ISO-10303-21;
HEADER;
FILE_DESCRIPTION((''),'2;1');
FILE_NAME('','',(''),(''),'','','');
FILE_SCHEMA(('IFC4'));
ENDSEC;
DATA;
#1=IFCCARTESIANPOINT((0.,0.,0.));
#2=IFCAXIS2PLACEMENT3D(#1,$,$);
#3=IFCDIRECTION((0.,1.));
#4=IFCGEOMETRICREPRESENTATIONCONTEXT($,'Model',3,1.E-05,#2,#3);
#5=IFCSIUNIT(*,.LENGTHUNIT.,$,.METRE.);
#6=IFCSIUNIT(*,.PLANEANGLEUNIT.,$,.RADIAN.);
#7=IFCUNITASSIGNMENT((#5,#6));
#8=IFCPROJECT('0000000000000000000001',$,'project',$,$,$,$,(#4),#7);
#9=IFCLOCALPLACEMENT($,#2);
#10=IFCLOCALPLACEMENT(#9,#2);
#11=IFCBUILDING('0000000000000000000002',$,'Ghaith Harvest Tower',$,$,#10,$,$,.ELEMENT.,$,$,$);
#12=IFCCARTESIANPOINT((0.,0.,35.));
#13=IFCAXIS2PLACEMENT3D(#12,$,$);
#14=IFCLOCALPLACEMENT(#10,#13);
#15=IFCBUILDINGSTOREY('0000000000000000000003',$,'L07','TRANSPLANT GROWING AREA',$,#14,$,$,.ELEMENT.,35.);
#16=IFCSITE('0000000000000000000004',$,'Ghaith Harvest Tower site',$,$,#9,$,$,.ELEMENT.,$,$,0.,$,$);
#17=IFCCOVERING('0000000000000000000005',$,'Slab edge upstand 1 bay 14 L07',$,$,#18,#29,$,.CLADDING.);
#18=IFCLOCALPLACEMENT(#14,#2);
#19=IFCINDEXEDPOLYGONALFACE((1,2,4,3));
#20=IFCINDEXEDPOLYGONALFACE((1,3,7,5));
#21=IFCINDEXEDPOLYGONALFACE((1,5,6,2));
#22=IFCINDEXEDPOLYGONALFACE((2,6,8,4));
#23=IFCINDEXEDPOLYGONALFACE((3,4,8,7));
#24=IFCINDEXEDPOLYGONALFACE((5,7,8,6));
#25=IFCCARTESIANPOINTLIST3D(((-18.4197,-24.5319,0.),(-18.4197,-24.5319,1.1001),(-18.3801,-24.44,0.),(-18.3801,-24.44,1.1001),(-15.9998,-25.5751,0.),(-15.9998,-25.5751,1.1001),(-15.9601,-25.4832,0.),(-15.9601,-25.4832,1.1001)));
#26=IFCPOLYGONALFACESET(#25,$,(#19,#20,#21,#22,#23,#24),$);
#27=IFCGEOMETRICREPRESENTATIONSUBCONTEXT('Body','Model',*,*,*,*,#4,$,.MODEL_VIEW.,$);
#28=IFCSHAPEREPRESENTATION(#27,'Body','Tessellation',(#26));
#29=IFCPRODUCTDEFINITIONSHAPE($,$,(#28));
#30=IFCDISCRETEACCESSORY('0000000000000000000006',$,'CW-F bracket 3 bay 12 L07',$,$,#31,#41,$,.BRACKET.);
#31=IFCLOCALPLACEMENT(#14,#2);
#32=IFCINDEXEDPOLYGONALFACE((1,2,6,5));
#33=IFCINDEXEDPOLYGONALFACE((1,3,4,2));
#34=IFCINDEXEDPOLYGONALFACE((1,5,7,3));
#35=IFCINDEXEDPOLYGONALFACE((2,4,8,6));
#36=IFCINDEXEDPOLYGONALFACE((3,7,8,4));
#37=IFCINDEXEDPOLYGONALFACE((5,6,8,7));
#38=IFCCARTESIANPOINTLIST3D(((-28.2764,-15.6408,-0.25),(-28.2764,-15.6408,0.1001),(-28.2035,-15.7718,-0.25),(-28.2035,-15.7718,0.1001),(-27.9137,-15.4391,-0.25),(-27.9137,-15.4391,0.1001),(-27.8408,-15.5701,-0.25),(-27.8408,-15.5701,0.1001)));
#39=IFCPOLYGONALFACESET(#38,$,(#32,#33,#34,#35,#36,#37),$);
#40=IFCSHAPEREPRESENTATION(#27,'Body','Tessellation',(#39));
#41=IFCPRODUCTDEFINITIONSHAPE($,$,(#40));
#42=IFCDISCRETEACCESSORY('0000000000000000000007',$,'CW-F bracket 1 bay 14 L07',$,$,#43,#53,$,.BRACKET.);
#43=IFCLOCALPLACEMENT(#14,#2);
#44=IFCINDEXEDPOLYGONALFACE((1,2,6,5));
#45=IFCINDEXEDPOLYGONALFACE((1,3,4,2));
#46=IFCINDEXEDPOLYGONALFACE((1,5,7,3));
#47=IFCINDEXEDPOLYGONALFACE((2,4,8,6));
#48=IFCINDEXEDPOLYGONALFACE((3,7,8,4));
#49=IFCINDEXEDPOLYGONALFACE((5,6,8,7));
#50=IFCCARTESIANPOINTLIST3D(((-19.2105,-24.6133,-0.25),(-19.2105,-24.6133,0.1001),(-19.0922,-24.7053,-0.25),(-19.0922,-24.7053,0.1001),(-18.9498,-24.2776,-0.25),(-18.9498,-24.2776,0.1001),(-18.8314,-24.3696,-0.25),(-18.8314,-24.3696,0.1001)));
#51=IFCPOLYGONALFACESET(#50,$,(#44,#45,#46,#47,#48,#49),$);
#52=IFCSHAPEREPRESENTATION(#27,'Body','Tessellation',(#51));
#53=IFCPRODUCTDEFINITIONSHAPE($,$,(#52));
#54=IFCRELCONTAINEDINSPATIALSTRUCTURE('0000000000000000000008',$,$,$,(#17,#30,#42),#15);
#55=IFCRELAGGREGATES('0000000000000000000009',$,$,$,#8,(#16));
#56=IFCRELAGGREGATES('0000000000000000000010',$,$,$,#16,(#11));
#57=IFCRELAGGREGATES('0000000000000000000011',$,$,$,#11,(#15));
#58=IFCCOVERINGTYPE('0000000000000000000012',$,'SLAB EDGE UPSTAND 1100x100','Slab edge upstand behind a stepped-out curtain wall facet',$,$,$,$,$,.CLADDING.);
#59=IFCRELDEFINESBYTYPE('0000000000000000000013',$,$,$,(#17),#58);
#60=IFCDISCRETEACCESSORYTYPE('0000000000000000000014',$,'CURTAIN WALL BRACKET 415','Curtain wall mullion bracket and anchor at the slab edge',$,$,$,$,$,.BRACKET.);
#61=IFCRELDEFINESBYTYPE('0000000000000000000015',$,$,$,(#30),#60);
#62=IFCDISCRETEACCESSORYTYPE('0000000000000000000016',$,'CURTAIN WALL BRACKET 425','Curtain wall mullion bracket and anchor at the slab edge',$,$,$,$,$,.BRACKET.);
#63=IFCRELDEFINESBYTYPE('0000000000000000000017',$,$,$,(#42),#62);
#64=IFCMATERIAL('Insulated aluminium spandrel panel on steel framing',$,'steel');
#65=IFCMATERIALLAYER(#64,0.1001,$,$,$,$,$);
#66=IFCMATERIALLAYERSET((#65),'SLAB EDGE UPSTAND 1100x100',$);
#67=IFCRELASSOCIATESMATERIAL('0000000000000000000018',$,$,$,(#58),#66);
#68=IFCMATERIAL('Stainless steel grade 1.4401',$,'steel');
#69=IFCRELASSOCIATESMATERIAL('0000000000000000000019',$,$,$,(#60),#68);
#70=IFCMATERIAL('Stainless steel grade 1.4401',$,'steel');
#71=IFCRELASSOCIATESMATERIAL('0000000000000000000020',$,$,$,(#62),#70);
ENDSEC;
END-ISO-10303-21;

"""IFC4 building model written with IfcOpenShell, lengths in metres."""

from ifc_helpers import new_model, si_unit, direction, frame, origin, origin_2d, place, context, subcontext, project, spatial, rectangle, extrude, material, layer, layer_set, type_object, element, save


model = new_model("IFC4")

# Units and contexts
model_context = context("Model", 3, precision=1e-05, world=origin(), true_north=direction((0.0, 1.0)))
body_context = subcontext(model_context, "Body", "Model", "MODEL_VIEW")
ifc_project = project(units=[si_unit("LENGTHUNIT", "METRE"), si_unit("PLANEANGLEUNIT", "RADIAN")], contexts=[model_context])

# Site, building, storey
site_placement = place(None, origin())
site = spatial("IfcSite", under=ifc_project, at=site_placement, Name="Ghaith Harvest Tower site", CompositionType="ELEMENT", RefElevation=0.0)
building_placement = place(site_placement, origin())
building = spatial("IfcBuilding", under=site, at=building_placement, Name="Ghaith Harvest Tower", CompositionType="ELEMENT")
storey_placement = place(building_placement, frame((0.0, 0.0, 35.0)))
storey = spatial("IfcBuildingStorey", under=building, at=storey_placement, Name="L07", Description="TRANSPLANT GROWING AREA", CompositionType="ELEMENT", Elevation=35.0)

# Covering
ifc_material_1 = material(Name="Insulated aluminium spandrel panel on steel framing", Category="steel")
ifc_layer_1 = layer(ifc_material_1, 0.1001)
ifc_layer_set_1 = layer_set([ifc_layer_1], Name="SLAB EDGE UPSTAND 1100x100")
covering_type = type_object("IfcCoveringType", Name="SLAB EDGE UPSTAND 1100x100", Description="Slab edge upstand behind a stepped-out curtain wall facet", PredefinedType="CLADDING", material=ifc_layer_set_1)
covering_1_placement = place(storey_placement, frame((-17.1899, -25.0076, 0.0), z_axis=(0.0, 0.0, 1.0), x_axis=(0.918307, -0.395869, 0.0)))
element("IfcCovering", 1, at=covering_1_placement, inside=storey, type_object=covering_type, Name="Slab edge upstand 1 bay 14 L07", PredefinedType="CLADDING", context=body_context, shape_type="SweptSolid", body=[
    extrude(rectangle(XDim=2.6353, YDim=0.1001, at=origin_2d()), origin(), (0.0, 0.0, 1.0), 1.1001),
])

# Discrete accessories
ifc_material_2 = material(Name="Stainless steel grade 1.4401", Category="steel")
discrete_accessory_type_1 = type_object("IfcDiscreteAccessoryType", Name="CURTAIN WALL BRACKET 415", Description="Curtain wall mullion bracket and anchor at the slab edge", PredefinedType="BRACKET", material=ifc_material_2)
discrete_accessory_1_placement = place(storey_placement, frame((-28.0586, -15.6055, -0.25), z_axis=(0.0, 0.0, 1.0), x_axis=(-0.873927, -0.486057, 0.0)))
element("IfcDiscreteAccessory", 2, at=discrete_accessory_1_placement, inside=storey, type_object=discrete_accessory_type_1, Name="CW-F bracket 3 bay 12 L07", PredefinedType="BRACKET", context=body_context, shape_type="SweptSolid", body=[
    extrude(rectangle(XDim=0.415, YDim=0.1499, at=origin_2d()), origin(), (0.0, 0.0, 1.0), 0.3501),
])
ifc_material_3 = material(Name="Stainless steel grade 1.4401", Category="steel")
discrete_accessory_type_2 = type_object("IfcDiscreteAccessoryType", Name="CURTAIN WALL BRACKET 425", Description="Curtain wall mullion bracket and anchor at the slab edge", PredefinedType="BRACKET", material=ifc_material_3)
discrete_accessory_2_placement = place(storey_placement, frame((-19.021, -24.4915, -0.25), z_axis=(0.0, 0.0, 1.0), x_axis=(-0.613378, -0.78979, 0.0)))
element("IfcDiscreteAccessory", 3, at=discrete_accessory_2_placement, inside=storey, type_object=discrete_accessory_type_2, Name="CW-F bracket 1 bay 14 L07", PredefinedType="BRACKET", context=body_context, shape_type="SweptSolid", body=[
    extrude(rectangle(XDim=0.425, YDim=0.1499, at=origin_2d()), origin(), (0.0, 0.0, 1.0), 0.3501),
])

save(model, "model.ifc")
